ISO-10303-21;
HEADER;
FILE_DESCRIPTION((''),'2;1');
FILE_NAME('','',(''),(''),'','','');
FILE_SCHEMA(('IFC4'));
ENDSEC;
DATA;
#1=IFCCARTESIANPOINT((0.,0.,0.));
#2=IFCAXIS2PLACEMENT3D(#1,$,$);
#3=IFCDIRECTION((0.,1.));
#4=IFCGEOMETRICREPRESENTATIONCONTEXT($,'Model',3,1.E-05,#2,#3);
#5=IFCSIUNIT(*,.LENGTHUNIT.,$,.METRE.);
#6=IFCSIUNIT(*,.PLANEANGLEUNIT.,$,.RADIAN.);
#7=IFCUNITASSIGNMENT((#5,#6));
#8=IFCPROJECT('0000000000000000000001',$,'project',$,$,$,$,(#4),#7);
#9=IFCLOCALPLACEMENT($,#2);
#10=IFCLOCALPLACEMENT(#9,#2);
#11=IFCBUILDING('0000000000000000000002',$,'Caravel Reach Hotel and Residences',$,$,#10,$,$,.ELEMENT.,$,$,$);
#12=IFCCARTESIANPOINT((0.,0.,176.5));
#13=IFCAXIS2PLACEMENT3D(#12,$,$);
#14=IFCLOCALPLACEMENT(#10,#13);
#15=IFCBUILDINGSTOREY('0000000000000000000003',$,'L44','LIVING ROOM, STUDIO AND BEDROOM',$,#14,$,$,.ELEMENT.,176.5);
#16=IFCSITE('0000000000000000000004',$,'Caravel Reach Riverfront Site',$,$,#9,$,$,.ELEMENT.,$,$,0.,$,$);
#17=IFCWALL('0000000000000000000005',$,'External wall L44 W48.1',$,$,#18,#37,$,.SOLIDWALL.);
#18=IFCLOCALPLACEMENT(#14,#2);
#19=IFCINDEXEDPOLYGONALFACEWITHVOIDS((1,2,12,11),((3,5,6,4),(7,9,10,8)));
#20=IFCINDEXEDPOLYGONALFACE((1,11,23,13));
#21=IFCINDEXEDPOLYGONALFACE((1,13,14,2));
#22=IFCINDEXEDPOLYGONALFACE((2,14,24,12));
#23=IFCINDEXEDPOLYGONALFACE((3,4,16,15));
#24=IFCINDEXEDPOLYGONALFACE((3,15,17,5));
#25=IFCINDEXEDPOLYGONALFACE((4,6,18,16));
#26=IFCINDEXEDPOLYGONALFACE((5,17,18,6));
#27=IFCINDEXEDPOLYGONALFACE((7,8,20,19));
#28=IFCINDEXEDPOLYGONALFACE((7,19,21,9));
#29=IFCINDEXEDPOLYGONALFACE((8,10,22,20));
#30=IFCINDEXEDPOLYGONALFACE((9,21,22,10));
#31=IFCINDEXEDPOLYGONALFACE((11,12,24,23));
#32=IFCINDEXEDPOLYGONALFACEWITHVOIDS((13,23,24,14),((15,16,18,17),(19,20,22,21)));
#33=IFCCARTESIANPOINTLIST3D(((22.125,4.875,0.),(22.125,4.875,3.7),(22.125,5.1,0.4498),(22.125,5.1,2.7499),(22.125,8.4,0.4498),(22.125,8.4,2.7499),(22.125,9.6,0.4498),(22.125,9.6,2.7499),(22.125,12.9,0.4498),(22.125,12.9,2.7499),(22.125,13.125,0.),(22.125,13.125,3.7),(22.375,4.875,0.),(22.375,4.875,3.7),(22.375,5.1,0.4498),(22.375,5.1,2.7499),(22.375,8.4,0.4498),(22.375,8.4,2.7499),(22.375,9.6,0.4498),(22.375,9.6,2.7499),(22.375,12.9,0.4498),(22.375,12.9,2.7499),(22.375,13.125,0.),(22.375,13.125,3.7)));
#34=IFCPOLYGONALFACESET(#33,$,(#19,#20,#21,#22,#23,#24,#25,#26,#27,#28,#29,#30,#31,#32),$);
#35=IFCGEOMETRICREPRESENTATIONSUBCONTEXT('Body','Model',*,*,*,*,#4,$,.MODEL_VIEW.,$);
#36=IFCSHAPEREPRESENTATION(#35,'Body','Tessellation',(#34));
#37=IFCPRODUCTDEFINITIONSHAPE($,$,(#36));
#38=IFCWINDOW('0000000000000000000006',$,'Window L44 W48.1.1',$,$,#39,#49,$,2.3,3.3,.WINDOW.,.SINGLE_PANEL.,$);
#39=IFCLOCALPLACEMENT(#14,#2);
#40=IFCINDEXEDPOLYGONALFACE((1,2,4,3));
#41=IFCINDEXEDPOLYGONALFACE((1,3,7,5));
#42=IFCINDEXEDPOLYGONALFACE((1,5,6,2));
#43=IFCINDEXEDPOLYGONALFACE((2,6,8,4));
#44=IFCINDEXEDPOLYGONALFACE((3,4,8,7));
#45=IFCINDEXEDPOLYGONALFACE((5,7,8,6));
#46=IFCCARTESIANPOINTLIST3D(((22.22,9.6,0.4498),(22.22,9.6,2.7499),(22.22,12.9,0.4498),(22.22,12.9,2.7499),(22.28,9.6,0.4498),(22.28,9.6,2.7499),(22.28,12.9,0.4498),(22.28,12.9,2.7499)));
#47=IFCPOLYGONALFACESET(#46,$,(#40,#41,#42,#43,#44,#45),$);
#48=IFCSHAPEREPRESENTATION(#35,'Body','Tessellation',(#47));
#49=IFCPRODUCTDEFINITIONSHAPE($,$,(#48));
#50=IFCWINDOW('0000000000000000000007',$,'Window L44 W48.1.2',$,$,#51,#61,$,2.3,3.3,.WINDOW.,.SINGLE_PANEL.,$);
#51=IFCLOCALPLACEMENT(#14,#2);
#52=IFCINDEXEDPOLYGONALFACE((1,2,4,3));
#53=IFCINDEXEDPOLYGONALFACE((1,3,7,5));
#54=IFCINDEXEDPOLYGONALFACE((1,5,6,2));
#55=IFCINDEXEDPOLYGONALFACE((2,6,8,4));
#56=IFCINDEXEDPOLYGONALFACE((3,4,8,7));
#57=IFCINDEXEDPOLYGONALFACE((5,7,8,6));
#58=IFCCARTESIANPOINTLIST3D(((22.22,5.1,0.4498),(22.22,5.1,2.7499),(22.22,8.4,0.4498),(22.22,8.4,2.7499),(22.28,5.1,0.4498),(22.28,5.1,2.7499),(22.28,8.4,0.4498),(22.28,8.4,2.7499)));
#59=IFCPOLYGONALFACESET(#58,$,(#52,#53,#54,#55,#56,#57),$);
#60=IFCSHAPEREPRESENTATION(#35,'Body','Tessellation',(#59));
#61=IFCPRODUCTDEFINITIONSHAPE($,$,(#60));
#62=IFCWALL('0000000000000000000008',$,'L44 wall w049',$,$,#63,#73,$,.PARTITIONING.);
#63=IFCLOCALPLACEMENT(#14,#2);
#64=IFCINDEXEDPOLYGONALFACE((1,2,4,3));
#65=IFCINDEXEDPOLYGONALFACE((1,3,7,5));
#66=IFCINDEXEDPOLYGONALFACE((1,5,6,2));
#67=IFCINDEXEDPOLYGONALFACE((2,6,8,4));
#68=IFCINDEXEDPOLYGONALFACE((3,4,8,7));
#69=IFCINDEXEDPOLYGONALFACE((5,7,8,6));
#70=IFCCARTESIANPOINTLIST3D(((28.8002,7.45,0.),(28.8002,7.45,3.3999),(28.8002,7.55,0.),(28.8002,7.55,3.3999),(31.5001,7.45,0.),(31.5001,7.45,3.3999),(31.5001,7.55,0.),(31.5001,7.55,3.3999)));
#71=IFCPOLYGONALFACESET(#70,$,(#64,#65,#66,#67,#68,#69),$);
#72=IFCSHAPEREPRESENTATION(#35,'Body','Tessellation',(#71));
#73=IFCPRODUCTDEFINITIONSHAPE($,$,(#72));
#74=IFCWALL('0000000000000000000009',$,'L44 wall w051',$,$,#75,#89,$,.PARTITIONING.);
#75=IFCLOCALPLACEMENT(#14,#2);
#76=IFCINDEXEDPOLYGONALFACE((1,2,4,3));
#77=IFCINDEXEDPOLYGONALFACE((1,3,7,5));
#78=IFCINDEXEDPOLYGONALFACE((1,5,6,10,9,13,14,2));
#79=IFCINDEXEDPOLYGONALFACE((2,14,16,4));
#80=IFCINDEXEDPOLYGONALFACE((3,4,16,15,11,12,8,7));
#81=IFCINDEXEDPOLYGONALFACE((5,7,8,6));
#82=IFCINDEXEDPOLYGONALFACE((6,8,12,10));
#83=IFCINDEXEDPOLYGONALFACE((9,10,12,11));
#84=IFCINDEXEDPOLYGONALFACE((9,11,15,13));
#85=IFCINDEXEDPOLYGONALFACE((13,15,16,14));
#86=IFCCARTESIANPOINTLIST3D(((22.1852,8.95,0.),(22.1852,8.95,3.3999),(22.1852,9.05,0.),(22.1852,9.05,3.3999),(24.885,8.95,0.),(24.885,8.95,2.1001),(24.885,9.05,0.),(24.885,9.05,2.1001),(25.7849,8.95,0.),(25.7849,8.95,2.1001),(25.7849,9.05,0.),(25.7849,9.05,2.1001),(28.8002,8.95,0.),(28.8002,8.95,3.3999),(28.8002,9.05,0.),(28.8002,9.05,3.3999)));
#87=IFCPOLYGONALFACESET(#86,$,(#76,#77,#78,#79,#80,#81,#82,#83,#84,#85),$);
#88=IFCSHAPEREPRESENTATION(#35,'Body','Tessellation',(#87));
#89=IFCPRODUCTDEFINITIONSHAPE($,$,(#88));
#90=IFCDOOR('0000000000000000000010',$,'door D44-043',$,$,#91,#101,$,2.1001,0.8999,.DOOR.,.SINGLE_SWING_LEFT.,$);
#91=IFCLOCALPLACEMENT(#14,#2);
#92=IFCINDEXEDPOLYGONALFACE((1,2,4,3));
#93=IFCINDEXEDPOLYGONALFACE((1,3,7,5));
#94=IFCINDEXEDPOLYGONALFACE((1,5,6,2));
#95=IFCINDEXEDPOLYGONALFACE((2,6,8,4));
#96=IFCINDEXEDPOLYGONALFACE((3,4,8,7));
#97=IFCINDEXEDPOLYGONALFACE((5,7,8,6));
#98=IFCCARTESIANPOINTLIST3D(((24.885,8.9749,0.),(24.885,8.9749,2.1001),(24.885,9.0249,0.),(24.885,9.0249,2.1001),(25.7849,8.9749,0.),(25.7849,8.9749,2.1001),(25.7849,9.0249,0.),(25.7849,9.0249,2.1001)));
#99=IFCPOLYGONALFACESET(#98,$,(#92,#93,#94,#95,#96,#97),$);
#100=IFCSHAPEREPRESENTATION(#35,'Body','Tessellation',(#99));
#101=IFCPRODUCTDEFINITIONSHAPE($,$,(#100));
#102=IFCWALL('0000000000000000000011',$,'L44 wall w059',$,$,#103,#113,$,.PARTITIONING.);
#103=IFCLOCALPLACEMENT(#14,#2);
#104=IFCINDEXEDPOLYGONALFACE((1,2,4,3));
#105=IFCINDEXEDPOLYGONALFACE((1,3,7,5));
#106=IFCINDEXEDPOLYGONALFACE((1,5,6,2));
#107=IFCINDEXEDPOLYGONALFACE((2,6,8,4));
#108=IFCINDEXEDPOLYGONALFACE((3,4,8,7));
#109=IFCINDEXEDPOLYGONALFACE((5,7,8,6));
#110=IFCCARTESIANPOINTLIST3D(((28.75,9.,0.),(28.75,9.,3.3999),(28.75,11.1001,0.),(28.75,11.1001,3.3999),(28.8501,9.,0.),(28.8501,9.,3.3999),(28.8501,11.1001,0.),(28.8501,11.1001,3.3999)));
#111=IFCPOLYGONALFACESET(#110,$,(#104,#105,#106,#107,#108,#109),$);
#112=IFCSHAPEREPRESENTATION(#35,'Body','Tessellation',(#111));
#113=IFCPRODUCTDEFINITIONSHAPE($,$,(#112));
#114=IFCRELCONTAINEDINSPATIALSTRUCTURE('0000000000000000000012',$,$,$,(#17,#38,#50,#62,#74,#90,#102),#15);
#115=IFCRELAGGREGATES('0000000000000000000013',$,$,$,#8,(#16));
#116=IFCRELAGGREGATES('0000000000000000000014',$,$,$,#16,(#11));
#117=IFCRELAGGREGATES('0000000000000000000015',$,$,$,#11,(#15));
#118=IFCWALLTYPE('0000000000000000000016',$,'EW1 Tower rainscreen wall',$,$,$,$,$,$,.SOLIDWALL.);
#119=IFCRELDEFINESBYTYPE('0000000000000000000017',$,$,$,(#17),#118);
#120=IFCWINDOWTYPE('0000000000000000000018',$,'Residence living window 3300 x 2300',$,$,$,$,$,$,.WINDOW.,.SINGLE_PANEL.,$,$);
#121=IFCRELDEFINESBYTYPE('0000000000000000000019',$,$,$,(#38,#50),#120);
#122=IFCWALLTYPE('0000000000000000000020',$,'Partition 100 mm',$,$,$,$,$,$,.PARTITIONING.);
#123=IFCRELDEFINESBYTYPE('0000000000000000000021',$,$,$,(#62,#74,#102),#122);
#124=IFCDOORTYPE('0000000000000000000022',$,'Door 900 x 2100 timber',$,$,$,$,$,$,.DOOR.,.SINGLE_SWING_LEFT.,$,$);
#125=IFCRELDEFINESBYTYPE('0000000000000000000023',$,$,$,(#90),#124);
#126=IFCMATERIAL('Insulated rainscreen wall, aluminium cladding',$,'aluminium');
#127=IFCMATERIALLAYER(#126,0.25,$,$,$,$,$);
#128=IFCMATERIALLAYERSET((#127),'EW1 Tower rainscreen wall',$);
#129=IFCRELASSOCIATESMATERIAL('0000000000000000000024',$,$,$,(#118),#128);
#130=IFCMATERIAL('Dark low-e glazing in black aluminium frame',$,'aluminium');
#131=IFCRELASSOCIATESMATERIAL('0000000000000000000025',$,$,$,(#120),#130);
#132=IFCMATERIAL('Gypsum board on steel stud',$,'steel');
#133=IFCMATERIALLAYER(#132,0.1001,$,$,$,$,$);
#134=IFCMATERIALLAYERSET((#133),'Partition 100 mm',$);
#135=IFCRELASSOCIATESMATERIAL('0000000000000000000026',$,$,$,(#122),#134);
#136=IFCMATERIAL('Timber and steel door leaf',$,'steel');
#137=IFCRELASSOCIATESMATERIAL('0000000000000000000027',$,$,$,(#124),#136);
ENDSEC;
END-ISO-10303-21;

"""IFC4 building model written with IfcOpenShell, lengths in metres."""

from ifc_helpers import new_model, si_unit, direction, frame, frame_2d, origin, place, context, subcontext, project, spatial, rectangle, extrude, material, layer, layer_set, type_object, element, fill, save


model = new_model("IFC4")

# Units and contexts
model_context = context("Model", 3, precision=1e-05, world=origin(), true_north=direction((0.0, 1.0)))
body_context = subcontext(model_context, "Body", "Model", "MODEL_VIEW")
ifc_project = project(units=[si_unit("LENGTHUNIT", "METRE"), si_unit("PLANEANGLEUNIT", "RADIAN")], contexts=[model_context])

# Site, building, storey
site_placement = place(None, origin())
site = spatial("IfcSite", under=ifc_project, at=site_placement, Name="Caravel Reach Riverfront Site", CompositionType="ELEMENT", RefElevation=0.0)
building_placement = place(site_placement, origin())
building = spatial("IfcBuilding", under=site, at=building_placement, Name="Caravel Reach Hotel and Residences", CompositionType="ELEMENT")
storey_placement = place(building_placement, frame((0.0, 0.0, 176.5)))
storey = spatial("IfcBuildingStorey", under=building, at=storey_placement, Name="L44", Description="LIVING ROOM, STUDIO AND BEDROOM", CompositionType="ELEMENT", Elevation=176.5)

# Wall, openings, windows
ifc_material_1 = material(Name="Insulated rainscreen wall, aluminium cladding", Category="aluminium")
ifc_layer_1 = layer(ifc_material_1, 0.25)
ifc_layer_set_1 = layer_set([ifc_layer_1], Name="EW1 Tower rainscreen wall")
wall_type_1 = type_object("IfcWallType", Name="EW1 Tower rainscreen wall", PredefinedType="SOLIDWALL", material=ifc_layer_set_1)
wall_1_placement = place(storey_placement, frame((22.25, 13.125, 0.0), z_axis=(0.0, 0.0, 1.0), x_axis=(0.0, -1.0, 0.0)))
wall_1 = element("IfcWall", 1, at=wall_1_placement, inside=storey, type_object=wall_type_1, Name="External wall L44 W48.1", PredefinedType="SOLIDWALL", context=body_context, shape_type="SweptSolid", body=[
    extrude(rectangle(XDim=8.25, YDim=0.25, at=frame_2d((4.125, 0.0))), origin(), (0.0, 0.0, 1.0), 3.7),
])
opening_1_placement = place(wall_1_placement, frame((0.2251, 0.0, 0.45)))
opening_1 = element("IfcOpeningElement", 2, at=opening_1_placement, cuts=wall_1, PredefinedType="OPENING", context=body_context, shape_type="SweptSolid", body=[
    extrude(rectangle(XDim=3.3, YDim=2.3, at=frame_2d((1.6499, 1.1499))), frame((0.0, 0.135, 0.0), z_axis=(0.0, -1.0, 0.0), x_axis=(1.0, 0.0, 0.0)), (0.0, 0.0, 1.0), 0.27),
])
opening_2_placement = place(wall_1_placement, frame((4.7251, 0.0, 0.45)))
opening_2 = element("IfcOpeningElement", 3, at=opening_2_placement, cuts=wall_1, PredefinedType="OPENING", context=body_context, shape_type="SweptSolid", body=[
    extrude(rectangle(XDim=3.3, YDim=2.3, at=frame_2d((1.6499, 1.1499))), frame((0.0, 0.135, 0.0), z_axis=(0.0, -1.0, 0.0), x_axis=(1.0, 0.0, 0.0)), (0.0, 0.0, 1.0), 0.27),
])
ifc_material_2 = material(Name="Dark low-e glazing in black aluminium frame", Category="aluminium")
window_type = type_object("IfcWindowType", Name="Residence living window 3300 x 2300", PartitioningType="SINGLE_PANEL", PredefinedType="WINDOW", material=ifc_material_2)
window_1_placement = place(opening_1_placement, origin())
window_1 = element("IfcWindow", 4, at=window_1_placement, inside=storey, type_object=window_type, Name="Window L44 W48.1.1", OverallHeight=2.3, OverallWidth=3.3, PartitioningType="SINGLE_PANEL", PredefinedType="WINDOW", context=body_context, shape_type="SweptSolid", body=[
    extrude(rectangle(XDim=3.3, YDim=2.3, at=frame_2d((1.6499, 1.1499))), frame((0.0, 0.03, 0.0), z_axis=(0.0, -1.0, 0.0), x_axis=(1.0, 0.0, 0.0)), (0.0, 0.0, 1.0), 0.0601),
])
fill(opening_1, window_1)
window_2_placement = place(opening_2_placement, origin())
window_2 = element("IfcWindow", 5, at=window_2_placement, inside=storey, type_object=window_type, Name="Window L44 W48.1.2", OverallHeight=2.3, OverallWidth=3.3, PartitioningType="SINGLE_PANEL", PredefinedType="WINDOW", context=body_context, shape_type="SweptSolid", body=[
    extrude(rectangle(XDim=3.3, YDim=2.3, at=frame_2d((1.6499, 1.1499))), frame((0.0, 0.03, 0.0), z_axis=(0.0, -1.0, 0.0), x_axis=(1.0, 0.0, 0.0)), (0.0, 0.0, 1.0), 0.0601),
])
fill(opening_2, window_2)

# Wall
ifc_material_3 = material(Name="Gypsum board on steel stud", Category="steel")
ifc_layer_2 = layer(ifc_material_3, 0.1001)
ifc_layer_set_2 = layer_set([ifc_layer_2], Name="Partition 100 mm")
wall_type_2 = type_object("IfcWallType", Name="Partition 100 mm", PredefinedType="PARTITIONING", material=ifc_layer_set_2)
wall_2_placement = place(storey_placement, frame((28.8, 7.5, 0.0), z_axis=(0.0, 0.0, 1.0), x_axis=(1.0, 0.0, 0.0)))
element("IfcWall", 6, at=wall_2_placement, inside=storey, type_object=wall_type_2, Name="L44 wall w049", PredefinedType="PARTITIONING", context=body_context, shape_type="SweptSolid", body=[
    extrude(rectangle(XDim=2.7, YDim=0.1001, at=frame_2d((1.3501, 0.0))), origin(), (0.0, 0.0, 1.0), 3.3999),
])

# Wall, opening, door
wall_3_placement = place(storey_placement, frame((22.1851, 9.0, 0.0), z_axis=(0.0, 0.0, 1.0), x_axis=(1.0, 0.0, 0.0)))
wall_3 = element("IfcWall", 7, at=wall_3_placement, inside=storey, type_object=wall_type_2, Name="L44 wall w051", PredefinedType="PARTITIONING", context=body_context, shape_type="SweptSolid", body=[
    extrude(rectangle(XDim=6.615, YDim=0.1001, at=frame_2d((3.3076, 0.0))), origin(), (0.0, 0.0, 1.0), 3.3999),
])
opening_3_placement = place(wall_3_placement, frame((2.7, 0.0, 0.0)))
opening_3 = element("IfcOpeningElement", 8, at=opening_3_placement, cuts=wall_3, PredefinedType="OPENING", context=body_context, shape_type="SweptSolid", body=[
    extrude(rectangle(XDim=0.8999, YDim=2.1001, at=frame_2d((0.45, 1.05))), frame((0.0, 0.0601, 0.0), z_axis=(0.0, -1.0, 0.0), x_axis=(1.0, 0.0, 0.0)), (0.0, 0.0, 1.0), 0.1201),
])
ifc_material_4 = material(Name="Timber and steel door leaf", Category="steel")
door_type_1 = type_object("IfcDoorType", Name="Door 900 x 2100 timber", OperationType="SINGLE_SWING_LEFT", PredefinedType="DOOR", material=ifc_material_4)
door_1_placement = place(opening_3_placement, origin())
door_1 = element("IfcDoor", 9, at=door_1_placement, inside=storey, type_object=door_type_1, Name="door D44-043", OperationType="SINGLE_SWING_LEFT", OverallHeight=2.1001, OverallWidth=0.8999, PredefinedType="DOOR", context=body_context, shape_type="SweptSolid", body=[
    extrude(rectangle(XDim=0.8999, YDim=2.1001, at=frame_2d((0.45, 1.05))), frame((0.0, 0.0249, 0.0), z_axis=(0.0, -1.0, 0.0), x_axis=(1.0, 0.0, 0.0)), (0.0, 0.0, 1.0), 0.05),
])
fill(opening_3, door_1)

# Wall
wall_4_placement = place(storey_placement, frame((28.8, 9.0, 0.0), z_axis=(0.0, 0.0, 1.0), x_axis=(0.0, 1.0, 0.0)))
element("IfcWall", 10, at=wall_4_placement, inside=storey, type_object=wall_type_2, Name="L44 wall w059", PredefinedType="PARTITIONING", context=body_context, shape_type="SweptSolid", body=[
    extrude(rectangle(XDim=2.1001, YDim=0.1001, at=frame_2d((1.05, 0.0))), origin(), (0.0, 0.0, 1.0), 3.3999),
])

save(model, "model.ifc")
